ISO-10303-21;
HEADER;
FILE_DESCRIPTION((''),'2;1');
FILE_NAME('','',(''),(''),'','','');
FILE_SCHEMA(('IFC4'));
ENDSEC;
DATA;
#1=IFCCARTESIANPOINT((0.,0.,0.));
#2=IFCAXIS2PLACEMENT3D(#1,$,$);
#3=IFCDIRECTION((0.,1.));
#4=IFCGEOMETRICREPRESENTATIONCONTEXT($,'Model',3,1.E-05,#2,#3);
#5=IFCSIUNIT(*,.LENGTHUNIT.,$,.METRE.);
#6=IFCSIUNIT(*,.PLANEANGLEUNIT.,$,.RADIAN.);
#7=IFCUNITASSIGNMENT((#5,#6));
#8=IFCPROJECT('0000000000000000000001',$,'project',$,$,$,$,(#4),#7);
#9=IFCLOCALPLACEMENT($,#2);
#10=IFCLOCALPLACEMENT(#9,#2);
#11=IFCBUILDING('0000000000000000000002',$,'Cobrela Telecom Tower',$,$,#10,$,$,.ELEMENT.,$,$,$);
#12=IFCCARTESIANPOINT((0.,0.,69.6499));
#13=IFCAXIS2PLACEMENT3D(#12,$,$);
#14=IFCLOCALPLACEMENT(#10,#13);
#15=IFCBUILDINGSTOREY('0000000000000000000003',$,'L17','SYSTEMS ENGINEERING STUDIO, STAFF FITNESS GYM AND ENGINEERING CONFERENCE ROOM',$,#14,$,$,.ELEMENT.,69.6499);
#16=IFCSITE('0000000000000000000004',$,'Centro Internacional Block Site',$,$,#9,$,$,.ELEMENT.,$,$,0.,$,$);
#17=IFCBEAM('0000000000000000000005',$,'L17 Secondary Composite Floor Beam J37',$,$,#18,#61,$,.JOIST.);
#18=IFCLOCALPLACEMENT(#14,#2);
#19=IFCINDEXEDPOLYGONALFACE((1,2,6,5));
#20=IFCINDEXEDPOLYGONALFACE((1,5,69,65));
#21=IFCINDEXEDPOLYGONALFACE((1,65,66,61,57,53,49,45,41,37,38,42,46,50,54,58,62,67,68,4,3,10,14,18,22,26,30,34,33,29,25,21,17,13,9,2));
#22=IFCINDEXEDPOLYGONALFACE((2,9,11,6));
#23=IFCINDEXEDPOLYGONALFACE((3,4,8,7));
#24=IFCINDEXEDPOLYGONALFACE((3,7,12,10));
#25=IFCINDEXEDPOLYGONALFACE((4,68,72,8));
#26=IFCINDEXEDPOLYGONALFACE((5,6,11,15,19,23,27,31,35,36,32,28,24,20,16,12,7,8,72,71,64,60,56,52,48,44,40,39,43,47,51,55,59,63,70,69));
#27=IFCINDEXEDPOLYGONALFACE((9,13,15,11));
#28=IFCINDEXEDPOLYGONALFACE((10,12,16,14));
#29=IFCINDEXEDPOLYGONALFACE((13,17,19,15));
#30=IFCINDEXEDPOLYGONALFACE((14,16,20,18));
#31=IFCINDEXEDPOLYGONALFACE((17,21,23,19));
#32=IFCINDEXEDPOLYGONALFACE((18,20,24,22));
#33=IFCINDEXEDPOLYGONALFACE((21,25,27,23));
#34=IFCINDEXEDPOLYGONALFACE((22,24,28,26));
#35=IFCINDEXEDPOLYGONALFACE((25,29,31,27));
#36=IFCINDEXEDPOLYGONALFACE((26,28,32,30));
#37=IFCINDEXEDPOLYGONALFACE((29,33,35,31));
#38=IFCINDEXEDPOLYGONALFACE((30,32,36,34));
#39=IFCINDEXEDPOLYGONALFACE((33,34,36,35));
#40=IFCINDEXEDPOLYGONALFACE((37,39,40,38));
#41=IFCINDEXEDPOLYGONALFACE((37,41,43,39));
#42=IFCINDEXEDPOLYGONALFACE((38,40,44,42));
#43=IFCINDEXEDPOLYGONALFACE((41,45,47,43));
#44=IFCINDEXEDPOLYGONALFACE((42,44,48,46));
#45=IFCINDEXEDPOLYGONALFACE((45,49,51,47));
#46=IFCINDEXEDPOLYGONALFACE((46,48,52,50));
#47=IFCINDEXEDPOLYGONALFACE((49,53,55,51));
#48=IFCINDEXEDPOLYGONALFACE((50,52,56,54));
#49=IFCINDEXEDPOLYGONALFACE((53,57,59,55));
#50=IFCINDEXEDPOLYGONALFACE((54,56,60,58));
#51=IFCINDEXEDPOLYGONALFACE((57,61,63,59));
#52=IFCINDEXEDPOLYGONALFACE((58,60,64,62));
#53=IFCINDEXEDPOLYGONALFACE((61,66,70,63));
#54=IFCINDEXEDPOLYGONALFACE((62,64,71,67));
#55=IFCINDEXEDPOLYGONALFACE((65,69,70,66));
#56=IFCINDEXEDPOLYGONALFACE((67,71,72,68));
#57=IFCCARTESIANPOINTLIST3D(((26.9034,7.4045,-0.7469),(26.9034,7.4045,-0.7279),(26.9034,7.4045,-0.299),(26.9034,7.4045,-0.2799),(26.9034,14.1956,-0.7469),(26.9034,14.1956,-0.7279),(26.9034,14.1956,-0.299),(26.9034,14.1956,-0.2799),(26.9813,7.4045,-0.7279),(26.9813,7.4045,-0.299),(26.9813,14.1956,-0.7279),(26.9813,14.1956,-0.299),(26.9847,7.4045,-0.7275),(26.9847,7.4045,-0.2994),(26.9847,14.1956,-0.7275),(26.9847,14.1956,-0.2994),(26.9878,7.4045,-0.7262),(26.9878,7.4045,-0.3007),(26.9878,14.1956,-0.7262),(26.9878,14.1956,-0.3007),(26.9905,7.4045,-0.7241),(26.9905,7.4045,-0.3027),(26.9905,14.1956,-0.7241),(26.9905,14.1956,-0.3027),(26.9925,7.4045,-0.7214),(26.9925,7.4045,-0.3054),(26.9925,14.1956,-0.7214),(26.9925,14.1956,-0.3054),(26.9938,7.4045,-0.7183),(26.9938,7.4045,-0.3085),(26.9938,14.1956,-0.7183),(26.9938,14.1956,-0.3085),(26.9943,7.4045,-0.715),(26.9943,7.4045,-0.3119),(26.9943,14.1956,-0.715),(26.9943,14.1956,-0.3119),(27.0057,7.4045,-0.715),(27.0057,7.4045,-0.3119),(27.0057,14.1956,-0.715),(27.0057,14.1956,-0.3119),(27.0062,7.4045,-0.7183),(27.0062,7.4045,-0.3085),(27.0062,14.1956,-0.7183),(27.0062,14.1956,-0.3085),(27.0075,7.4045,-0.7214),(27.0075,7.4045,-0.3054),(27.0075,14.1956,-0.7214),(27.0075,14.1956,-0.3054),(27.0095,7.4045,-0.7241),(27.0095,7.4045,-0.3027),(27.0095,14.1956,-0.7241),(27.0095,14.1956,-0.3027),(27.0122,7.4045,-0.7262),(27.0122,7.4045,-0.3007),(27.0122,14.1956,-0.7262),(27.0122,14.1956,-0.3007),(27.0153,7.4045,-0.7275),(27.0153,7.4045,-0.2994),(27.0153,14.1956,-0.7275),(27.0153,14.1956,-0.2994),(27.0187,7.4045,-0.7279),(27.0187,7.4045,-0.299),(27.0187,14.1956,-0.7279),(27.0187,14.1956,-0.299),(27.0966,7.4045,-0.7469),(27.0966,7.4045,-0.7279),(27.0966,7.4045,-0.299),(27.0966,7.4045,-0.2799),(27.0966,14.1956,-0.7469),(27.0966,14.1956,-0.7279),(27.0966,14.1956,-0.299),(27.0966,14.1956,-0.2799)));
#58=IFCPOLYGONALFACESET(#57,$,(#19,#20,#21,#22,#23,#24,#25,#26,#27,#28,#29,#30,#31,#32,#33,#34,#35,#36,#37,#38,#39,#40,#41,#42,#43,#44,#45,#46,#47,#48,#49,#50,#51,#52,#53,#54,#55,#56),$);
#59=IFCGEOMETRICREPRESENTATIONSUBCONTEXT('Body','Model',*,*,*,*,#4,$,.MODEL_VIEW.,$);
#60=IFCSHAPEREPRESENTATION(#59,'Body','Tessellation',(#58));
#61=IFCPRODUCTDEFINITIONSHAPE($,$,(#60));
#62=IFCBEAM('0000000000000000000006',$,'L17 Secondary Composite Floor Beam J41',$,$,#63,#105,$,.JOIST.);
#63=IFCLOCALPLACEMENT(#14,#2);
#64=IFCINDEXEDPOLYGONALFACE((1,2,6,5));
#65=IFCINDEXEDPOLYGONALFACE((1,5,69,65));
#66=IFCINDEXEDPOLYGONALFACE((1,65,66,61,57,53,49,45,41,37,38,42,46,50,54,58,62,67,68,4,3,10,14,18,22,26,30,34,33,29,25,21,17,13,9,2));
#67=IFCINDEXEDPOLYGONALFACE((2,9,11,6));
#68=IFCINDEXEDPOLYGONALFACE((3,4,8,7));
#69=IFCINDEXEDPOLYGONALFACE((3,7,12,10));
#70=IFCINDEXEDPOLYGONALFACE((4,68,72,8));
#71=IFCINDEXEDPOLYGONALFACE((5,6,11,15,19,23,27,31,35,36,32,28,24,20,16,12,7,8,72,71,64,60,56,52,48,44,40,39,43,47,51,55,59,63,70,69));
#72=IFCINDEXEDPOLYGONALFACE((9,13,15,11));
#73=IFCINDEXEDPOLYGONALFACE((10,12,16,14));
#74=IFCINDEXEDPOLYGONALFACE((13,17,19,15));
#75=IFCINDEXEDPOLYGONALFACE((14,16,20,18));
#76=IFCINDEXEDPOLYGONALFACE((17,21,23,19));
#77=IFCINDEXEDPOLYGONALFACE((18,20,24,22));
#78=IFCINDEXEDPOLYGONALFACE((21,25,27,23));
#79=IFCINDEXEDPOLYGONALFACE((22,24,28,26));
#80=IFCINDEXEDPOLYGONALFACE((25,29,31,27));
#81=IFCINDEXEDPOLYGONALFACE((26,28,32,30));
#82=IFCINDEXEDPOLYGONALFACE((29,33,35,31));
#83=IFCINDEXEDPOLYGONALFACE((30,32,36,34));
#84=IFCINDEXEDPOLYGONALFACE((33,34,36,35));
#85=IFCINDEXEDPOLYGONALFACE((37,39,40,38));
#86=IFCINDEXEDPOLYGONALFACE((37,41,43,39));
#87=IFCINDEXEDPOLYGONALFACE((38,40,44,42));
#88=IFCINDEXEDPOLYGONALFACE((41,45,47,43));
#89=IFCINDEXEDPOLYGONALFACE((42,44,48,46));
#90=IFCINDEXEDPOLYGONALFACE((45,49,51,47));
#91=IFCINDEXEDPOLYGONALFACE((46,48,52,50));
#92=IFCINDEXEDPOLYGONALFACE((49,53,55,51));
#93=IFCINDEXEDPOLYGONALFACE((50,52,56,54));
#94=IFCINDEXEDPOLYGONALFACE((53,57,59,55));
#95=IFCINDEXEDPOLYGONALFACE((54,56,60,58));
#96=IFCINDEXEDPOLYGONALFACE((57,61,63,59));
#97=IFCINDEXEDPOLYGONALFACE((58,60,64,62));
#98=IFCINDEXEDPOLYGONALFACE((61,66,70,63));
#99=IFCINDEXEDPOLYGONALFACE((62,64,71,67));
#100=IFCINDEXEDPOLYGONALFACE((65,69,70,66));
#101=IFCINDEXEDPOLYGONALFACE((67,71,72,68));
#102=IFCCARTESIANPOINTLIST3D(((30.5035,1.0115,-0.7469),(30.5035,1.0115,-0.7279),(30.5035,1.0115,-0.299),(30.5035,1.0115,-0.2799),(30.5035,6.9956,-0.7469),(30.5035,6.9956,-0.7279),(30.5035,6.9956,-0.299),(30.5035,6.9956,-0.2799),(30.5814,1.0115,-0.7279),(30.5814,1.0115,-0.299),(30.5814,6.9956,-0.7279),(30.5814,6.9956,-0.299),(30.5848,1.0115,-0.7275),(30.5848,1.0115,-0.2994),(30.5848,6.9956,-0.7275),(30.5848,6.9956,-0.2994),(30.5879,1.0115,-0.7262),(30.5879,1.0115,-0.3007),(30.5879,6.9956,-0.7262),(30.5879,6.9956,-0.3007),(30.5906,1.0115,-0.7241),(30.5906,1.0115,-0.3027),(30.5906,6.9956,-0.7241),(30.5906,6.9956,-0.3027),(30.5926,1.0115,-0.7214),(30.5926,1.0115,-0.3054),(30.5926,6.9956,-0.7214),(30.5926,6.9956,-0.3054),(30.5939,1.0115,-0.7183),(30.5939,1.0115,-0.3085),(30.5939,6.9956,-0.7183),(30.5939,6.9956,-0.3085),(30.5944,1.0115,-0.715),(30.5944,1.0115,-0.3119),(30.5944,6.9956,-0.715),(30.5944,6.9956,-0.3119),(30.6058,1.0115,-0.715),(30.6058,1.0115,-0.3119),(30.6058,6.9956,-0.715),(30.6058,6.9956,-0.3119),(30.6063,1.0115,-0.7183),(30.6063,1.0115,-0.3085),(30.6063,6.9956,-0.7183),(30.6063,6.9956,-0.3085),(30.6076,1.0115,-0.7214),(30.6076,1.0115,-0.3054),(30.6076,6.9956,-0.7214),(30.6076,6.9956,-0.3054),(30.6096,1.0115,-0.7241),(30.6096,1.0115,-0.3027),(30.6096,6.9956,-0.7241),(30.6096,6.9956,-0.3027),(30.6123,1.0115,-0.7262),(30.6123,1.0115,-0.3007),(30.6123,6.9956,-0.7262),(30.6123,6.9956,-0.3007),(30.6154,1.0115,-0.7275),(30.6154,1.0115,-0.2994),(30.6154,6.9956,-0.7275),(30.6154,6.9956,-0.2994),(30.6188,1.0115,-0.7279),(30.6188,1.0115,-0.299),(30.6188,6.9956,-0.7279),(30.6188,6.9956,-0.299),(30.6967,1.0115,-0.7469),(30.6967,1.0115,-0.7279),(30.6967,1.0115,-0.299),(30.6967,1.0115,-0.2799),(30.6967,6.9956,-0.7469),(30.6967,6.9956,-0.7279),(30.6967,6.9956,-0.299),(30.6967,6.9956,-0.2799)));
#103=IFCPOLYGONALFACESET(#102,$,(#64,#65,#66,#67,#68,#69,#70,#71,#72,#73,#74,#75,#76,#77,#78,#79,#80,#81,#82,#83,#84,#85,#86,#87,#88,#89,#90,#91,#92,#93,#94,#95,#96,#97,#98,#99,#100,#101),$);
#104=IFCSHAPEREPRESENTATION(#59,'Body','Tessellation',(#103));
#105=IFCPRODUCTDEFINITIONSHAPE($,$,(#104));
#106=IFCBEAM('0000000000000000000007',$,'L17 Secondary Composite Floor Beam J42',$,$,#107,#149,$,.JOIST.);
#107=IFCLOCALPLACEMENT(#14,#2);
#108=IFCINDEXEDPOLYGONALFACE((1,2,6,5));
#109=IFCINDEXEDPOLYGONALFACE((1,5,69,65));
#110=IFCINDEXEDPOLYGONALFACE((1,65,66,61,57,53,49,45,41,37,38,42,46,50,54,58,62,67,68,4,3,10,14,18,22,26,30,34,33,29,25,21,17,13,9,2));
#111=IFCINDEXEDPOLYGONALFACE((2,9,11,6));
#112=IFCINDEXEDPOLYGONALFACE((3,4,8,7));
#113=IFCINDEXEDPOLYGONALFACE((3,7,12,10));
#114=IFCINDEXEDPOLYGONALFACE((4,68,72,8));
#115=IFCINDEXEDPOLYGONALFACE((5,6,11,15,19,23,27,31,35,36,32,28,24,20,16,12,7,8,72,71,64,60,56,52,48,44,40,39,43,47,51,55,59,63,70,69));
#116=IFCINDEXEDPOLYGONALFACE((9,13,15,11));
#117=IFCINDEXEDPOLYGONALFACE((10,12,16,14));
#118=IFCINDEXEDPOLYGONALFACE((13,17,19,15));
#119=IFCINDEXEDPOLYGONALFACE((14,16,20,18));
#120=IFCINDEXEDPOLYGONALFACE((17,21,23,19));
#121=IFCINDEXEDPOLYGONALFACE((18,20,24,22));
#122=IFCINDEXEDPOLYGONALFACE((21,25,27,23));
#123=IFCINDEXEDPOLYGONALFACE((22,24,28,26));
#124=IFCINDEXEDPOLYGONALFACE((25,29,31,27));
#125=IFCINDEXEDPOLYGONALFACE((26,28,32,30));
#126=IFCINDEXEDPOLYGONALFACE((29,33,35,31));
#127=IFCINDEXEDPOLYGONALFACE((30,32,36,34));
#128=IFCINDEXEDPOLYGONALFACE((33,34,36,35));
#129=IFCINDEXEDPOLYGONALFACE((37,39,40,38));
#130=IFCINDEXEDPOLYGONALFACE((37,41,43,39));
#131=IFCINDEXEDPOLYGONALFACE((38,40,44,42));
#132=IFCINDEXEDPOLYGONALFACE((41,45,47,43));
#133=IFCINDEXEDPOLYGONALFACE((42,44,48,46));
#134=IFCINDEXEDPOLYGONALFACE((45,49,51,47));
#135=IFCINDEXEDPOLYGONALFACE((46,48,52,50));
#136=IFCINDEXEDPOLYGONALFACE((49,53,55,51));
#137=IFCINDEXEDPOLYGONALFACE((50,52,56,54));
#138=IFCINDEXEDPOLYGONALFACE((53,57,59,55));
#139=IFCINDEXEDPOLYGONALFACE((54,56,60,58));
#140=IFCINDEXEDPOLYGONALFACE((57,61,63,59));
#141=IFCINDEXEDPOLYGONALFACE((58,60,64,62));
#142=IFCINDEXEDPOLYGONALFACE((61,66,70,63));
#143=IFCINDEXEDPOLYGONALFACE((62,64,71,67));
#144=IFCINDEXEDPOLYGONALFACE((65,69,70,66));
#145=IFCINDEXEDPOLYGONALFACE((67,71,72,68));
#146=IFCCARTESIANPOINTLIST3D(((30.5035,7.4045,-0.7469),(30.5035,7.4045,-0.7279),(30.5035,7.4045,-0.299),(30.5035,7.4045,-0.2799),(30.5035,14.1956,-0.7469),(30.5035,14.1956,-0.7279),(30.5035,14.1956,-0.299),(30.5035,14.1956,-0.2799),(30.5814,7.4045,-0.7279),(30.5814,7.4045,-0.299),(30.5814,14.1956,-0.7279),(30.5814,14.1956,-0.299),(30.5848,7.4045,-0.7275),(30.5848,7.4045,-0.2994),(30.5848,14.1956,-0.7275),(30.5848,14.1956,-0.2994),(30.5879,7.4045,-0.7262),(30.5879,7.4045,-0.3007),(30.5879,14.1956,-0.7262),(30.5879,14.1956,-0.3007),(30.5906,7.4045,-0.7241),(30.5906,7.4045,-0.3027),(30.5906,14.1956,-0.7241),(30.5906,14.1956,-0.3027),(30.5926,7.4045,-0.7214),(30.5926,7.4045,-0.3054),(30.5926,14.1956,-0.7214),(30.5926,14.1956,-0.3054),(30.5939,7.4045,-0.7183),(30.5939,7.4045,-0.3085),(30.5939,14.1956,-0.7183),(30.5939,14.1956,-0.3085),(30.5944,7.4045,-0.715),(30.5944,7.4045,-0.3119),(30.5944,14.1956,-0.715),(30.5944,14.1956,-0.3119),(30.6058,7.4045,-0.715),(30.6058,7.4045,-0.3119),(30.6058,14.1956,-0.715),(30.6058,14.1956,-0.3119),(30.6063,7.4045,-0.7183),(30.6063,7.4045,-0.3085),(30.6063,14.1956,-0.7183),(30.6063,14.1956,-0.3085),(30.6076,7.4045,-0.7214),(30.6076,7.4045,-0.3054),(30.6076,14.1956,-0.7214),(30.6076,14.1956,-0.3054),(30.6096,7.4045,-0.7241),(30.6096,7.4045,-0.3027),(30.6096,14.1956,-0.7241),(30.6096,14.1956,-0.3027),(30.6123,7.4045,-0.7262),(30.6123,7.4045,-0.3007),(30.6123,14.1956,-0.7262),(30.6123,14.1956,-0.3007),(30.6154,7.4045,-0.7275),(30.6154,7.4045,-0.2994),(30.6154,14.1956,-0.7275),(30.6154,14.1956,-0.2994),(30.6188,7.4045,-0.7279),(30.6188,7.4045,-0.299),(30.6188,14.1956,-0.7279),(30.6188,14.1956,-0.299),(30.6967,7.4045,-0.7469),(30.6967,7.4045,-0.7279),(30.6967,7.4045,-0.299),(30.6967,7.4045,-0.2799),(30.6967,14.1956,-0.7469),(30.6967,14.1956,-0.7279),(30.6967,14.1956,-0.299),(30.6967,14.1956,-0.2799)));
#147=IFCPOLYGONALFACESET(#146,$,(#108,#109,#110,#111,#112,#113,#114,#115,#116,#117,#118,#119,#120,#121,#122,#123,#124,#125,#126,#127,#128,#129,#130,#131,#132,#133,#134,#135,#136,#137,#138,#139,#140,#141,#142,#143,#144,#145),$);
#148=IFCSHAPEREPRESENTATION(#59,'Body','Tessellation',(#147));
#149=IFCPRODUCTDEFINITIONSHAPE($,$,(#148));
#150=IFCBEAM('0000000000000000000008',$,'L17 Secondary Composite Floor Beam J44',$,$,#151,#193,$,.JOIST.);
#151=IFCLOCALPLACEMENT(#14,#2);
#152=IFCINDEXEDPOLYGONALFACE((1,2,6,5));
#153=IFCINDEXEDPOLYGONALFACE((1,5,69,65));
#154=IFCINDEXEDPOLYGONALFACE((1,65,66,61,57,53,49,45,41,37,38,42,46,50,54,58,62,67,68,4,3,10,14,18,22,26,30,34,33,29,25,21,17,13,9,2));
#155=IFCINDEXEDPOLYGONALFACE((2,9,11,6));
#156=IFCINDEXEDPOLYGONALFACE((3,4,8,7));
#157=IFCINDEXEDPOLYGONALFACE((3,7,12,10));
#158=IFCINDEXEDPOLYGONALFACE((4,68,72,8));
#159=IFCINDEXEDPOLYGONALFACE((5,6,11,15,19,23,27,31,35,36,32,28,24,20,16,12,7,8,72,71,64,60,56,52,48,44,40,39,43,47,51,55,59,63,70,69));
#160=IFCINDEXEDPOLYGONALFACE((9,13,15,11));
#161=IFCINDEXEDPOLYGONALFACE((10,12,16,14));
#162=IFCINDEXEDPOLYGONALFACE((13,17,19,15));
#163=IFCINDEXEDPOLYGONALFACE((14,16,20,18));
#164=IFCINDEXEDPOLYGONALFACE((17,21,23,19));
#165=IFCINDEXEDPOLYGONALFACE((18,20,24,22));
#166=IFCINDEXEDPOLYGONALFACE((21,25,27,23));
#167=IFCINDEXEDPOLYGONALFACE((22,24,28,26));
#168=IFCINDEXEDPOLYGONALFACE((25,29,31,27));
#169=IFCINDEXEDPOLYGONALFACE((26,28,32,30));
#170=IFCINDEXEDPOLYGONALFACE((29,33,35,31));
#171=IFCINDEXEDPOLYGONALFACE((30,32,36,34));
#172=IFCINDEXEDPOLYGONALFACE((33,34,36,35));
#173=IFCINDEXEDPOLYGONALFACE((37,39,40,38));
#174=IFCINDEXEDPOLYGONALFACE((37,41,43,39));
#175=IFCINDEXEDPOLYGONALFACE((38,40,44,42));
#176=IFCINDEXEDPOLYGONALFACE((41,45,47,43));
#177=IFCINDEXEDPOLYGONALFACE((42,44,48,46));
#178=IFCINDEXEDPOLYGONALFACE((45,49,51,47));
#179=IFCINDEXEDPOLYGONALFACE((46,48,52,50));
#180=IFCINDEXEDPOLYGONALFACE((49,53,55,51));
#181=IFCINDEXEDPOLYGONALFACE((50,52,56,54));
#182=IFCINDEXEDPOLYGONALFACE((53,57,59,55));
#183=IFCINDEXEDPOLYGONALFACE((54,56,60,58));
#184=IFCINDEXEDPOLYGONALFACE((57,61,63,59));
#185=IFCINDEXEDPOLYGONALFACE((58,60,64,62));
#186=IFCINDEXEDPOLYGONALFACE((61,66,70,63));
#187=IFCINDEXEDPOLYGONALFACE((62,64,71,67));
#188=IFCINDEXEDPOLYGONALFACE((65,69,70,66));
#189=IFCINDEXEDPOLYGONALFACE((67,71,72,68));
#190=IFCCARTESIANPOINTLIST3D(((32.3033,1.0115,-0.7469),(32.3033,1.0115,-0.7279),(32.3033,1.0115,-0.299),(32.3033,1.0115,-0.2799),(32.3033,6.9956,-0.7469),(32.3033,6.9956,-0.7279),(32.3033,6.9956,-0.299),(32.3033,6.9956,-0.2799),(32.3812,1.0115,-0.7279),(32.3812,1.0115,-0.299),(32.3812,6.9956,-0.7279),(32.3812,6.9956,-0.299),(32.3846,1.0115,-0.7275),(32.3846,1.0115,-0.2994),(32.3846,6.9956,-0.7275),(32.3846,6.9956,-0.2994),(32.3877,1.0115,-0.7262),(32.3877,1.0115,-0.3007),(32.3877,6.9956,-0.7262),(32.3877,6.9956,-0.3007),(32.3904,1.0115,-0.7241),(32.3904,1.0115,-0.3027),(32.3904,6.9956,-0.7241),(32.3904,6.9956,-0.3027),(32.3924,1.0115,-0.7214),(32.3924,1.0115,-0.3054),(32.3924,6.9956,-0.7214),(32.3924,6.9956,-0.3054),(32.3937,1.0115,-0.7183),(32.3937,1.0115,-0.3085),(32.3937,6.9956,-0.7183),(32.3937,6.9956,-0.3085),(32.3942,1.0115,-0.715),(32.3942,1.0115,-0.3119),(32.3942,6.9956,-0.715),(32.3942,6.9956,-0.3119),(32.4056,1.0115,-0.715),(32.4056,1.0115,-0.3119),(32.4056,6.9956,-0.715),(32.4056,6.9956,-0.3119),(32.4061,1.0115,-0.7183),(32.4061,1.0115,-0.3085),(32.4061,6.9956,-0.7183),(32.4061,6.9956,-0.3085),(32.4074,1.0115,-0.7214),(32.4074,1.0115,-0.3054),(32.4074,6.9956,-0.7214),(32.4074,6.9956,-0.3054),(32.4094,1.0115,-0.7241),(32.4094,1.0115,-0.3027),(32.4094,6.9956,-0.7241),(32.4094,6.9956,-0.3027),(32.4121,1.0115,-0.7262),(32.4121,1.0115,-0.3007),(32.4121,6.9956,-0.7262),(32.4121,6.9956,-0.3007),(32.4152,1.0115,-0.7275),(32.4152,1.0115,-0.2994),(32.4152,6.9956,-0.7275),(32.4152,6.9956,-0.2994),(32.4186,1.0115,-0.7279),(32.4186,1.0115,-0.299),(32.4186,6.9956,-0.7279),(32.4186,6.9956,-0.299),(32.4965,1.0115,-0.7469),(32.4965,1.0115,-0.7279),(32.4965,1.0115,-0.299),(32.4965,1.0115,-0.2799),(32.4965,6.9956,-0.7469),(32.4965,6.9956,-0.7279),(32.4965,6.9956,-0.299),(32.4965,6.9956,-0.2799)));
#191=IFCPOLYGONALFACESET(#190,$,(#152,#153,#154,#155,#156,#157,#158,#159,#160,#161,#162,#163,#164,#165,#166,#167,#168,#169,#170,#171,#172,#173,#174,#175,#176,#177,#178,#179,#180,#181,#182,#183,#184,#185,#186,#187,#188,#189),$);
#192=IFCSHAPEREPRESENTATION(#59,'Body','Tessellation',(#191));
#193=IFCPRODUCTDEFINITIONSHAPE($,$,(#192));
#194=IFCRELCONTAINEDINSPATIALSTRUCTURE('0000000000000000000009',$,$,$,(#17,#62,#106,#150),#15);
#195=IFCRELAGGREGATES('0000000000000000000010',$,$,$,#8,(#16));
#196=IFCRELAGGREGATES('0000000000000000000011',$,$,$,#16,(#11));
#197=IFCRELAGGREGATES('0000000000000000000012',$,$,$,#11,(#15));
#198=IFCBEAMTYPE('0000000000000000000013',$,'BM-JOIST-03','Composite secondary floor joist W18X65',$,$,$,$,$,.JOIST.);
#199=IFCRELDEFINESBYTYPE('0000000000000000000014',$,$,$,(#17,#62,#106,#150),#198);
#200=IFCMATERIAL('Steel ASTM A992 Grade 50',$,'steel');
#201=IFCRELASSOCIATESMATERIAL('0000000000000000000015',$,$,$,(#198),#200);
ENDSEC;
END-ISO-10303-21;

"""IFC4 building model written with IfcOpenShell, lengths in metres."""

from ifc_helpers import new_model, si_unit, direction, frame, origin, origin_2d, place, context, subcontext, project, spatial, i_section, extrude, material, material_profile, profile_set, type_object, element, save


model = new_model("IFC4")

# Units and contexts
model_context = context("Model", 3, precision=1e-05, world=origin(), true_north=direction((0.0, 1.0)))
body_context = subcontext(model_context, "Body", "Model", "MODEL_VIEW")
ifc_project = project(units=[si_unit("LENGTHUNIT", "METRE"), si_unit("PLANEANGLEUNIT", "RADIAN")], contexts=[model_context])

# Site, building, storey
site_placement = place(None, origin())
site = spatial("IfcSite", under=ifc_project, at=site_placement, Name="Centro Internacional Block Site", CompositionType="ELEMENT", RefElevation=0.0)
building_placement = place(site_placement, origin())
building = spatial("IfcBuilding", under=site, at=building_placement, Name="Cobrela Telecom Tower", CompositionType="ELEMENT")
storey_placement = place(building_placement, frame((0.0, 0.0, 69.6499)))
storey = spatial("IfcBuildingStorey", under=building, at=storey_placement, Name="L17", Description="SYSTEMS ENGINEERING STUDIO, STAFF FITNESS GYM AND ENGINEERING CONFERENCE ROOM", CompositionType="ELEMENT", Elevation=69.6499)

# Shared definitions
ifc_material_1 = material(Name="Steel ASTM A992 Grade 50", Category="steel")

# Beams
ifc_material_profile_1 = material_profile(ifc_material_1, i_section(OverallWidth=0.1931, OverallDepth=0.467, WebThickness=0.0115, FlangeThickness=0.019, FilletRadius=0.0129, at=origin_2d()), Name="W18X65")
ifc_profile_set_1 = profile_set([ifc_material_profile_1], Name="Steel ASTM A992 Grade 50")
beam_type_1 = type_object("IfcBeamType", Name="BM-JOIST-03", Description="Composite secondary floor joist W18X65", PredefinedType="JOIST", material=ifc_profile_set_1)
beam_1_placement = place(storey_placement, frame((27.0, 7.4045, -0.5134), z_axis=(0.0, 1.0, 0.0), x_axis=(-1.0, 0.0, 0.0)))
element("IfcBeam", 1, at=beam_1_placement, inside=storey, type_object=beam_type_1, Name="L17 Secondary Composite Floor Beam J37", PredefinedType="JOIST", context=body_context, shape_type="SweptSolid", body=[
    extrude(i_section(OverallWidth=0.1931, OverallDepth=0.467, WebThickness=0.0115, FlangeThickness=0.019, FilletRadius=0.0129, at=origin_2d()), origin(), (0.0, 0.0, 1.0), 6.791),
])
beam_2_placement = place(storey_placement, frame((30.6001, 1.0115, -0.5134), z_axis=(0.0, 1.0, 0.0), x_axis=(-1.0, 0.0, 0.0)))
element("IfcBeam", 2, at=beam_2_placement, inside=storey, type_object=beam_type_1, Name="L17 Secondary Composite Floor Beam J41", PredefinedType="JOIST", context=body_context, shape_type="SweptSolid", body=[
    extrude(i_section(OverallWidth=0.1931, OverallDepth=0.467, WebThickness=0.0115, FlangeThickness=0.019, FilletRadius=0.0129, at=origin_2d()), origin(), (0.0, 0.0, 1.0), 5.9841),
])
beam_3_placement = place(storey_placement, frame((30.6001, 7.4045, -0.5134), z_axis=(0.0, 1.0, 0.0), x_axis=(-1.0, 0.0, 0.0)))
element("IfcBeam", 3, at=beam_3_placement, inside=storey, type_object=beam_type_1, Name="L17 Secondary Composite Floor Beam J42", PredefinedType="JOIST", context=body_context, shape_type="SweptSolid", body=[
    extrude(i_section(OverallWidth=0.1931, OverallDepth=0.467, WebThickness=0.0115, FlangeThickness=0.019, FilletRadius=0.0129, at=origin_2d()), origin(), (0.0, 0.0, 1.0), 6.791),
])
beam_4_placement = place(storey_placement, frame((32.3999, 1.0115, -0.5134), z_axis=(0.0, 1.0, 0.0), x_axis=(-1.0, 0.0, 0.0)))
element("IfcBeam", 4, at=beam_4_placement, inside=storey, type_object=beam_type_1, Name="L17 Secondary Composite Floor Beam J44", PredefinedType="JOIST", context=body_context, shape_type="SweptSolid", body=[
    extrude(i_section(OverallWidth=0.1931, OverallDepth=0.467, WebThickness=0.0115, FlangeThickness=0.019, FilletRadius=0.0129, at=origin_2d()), origin(), (0.0, 0.0, 1.0), 5.9841),
])

save(model, "model.ifc")
